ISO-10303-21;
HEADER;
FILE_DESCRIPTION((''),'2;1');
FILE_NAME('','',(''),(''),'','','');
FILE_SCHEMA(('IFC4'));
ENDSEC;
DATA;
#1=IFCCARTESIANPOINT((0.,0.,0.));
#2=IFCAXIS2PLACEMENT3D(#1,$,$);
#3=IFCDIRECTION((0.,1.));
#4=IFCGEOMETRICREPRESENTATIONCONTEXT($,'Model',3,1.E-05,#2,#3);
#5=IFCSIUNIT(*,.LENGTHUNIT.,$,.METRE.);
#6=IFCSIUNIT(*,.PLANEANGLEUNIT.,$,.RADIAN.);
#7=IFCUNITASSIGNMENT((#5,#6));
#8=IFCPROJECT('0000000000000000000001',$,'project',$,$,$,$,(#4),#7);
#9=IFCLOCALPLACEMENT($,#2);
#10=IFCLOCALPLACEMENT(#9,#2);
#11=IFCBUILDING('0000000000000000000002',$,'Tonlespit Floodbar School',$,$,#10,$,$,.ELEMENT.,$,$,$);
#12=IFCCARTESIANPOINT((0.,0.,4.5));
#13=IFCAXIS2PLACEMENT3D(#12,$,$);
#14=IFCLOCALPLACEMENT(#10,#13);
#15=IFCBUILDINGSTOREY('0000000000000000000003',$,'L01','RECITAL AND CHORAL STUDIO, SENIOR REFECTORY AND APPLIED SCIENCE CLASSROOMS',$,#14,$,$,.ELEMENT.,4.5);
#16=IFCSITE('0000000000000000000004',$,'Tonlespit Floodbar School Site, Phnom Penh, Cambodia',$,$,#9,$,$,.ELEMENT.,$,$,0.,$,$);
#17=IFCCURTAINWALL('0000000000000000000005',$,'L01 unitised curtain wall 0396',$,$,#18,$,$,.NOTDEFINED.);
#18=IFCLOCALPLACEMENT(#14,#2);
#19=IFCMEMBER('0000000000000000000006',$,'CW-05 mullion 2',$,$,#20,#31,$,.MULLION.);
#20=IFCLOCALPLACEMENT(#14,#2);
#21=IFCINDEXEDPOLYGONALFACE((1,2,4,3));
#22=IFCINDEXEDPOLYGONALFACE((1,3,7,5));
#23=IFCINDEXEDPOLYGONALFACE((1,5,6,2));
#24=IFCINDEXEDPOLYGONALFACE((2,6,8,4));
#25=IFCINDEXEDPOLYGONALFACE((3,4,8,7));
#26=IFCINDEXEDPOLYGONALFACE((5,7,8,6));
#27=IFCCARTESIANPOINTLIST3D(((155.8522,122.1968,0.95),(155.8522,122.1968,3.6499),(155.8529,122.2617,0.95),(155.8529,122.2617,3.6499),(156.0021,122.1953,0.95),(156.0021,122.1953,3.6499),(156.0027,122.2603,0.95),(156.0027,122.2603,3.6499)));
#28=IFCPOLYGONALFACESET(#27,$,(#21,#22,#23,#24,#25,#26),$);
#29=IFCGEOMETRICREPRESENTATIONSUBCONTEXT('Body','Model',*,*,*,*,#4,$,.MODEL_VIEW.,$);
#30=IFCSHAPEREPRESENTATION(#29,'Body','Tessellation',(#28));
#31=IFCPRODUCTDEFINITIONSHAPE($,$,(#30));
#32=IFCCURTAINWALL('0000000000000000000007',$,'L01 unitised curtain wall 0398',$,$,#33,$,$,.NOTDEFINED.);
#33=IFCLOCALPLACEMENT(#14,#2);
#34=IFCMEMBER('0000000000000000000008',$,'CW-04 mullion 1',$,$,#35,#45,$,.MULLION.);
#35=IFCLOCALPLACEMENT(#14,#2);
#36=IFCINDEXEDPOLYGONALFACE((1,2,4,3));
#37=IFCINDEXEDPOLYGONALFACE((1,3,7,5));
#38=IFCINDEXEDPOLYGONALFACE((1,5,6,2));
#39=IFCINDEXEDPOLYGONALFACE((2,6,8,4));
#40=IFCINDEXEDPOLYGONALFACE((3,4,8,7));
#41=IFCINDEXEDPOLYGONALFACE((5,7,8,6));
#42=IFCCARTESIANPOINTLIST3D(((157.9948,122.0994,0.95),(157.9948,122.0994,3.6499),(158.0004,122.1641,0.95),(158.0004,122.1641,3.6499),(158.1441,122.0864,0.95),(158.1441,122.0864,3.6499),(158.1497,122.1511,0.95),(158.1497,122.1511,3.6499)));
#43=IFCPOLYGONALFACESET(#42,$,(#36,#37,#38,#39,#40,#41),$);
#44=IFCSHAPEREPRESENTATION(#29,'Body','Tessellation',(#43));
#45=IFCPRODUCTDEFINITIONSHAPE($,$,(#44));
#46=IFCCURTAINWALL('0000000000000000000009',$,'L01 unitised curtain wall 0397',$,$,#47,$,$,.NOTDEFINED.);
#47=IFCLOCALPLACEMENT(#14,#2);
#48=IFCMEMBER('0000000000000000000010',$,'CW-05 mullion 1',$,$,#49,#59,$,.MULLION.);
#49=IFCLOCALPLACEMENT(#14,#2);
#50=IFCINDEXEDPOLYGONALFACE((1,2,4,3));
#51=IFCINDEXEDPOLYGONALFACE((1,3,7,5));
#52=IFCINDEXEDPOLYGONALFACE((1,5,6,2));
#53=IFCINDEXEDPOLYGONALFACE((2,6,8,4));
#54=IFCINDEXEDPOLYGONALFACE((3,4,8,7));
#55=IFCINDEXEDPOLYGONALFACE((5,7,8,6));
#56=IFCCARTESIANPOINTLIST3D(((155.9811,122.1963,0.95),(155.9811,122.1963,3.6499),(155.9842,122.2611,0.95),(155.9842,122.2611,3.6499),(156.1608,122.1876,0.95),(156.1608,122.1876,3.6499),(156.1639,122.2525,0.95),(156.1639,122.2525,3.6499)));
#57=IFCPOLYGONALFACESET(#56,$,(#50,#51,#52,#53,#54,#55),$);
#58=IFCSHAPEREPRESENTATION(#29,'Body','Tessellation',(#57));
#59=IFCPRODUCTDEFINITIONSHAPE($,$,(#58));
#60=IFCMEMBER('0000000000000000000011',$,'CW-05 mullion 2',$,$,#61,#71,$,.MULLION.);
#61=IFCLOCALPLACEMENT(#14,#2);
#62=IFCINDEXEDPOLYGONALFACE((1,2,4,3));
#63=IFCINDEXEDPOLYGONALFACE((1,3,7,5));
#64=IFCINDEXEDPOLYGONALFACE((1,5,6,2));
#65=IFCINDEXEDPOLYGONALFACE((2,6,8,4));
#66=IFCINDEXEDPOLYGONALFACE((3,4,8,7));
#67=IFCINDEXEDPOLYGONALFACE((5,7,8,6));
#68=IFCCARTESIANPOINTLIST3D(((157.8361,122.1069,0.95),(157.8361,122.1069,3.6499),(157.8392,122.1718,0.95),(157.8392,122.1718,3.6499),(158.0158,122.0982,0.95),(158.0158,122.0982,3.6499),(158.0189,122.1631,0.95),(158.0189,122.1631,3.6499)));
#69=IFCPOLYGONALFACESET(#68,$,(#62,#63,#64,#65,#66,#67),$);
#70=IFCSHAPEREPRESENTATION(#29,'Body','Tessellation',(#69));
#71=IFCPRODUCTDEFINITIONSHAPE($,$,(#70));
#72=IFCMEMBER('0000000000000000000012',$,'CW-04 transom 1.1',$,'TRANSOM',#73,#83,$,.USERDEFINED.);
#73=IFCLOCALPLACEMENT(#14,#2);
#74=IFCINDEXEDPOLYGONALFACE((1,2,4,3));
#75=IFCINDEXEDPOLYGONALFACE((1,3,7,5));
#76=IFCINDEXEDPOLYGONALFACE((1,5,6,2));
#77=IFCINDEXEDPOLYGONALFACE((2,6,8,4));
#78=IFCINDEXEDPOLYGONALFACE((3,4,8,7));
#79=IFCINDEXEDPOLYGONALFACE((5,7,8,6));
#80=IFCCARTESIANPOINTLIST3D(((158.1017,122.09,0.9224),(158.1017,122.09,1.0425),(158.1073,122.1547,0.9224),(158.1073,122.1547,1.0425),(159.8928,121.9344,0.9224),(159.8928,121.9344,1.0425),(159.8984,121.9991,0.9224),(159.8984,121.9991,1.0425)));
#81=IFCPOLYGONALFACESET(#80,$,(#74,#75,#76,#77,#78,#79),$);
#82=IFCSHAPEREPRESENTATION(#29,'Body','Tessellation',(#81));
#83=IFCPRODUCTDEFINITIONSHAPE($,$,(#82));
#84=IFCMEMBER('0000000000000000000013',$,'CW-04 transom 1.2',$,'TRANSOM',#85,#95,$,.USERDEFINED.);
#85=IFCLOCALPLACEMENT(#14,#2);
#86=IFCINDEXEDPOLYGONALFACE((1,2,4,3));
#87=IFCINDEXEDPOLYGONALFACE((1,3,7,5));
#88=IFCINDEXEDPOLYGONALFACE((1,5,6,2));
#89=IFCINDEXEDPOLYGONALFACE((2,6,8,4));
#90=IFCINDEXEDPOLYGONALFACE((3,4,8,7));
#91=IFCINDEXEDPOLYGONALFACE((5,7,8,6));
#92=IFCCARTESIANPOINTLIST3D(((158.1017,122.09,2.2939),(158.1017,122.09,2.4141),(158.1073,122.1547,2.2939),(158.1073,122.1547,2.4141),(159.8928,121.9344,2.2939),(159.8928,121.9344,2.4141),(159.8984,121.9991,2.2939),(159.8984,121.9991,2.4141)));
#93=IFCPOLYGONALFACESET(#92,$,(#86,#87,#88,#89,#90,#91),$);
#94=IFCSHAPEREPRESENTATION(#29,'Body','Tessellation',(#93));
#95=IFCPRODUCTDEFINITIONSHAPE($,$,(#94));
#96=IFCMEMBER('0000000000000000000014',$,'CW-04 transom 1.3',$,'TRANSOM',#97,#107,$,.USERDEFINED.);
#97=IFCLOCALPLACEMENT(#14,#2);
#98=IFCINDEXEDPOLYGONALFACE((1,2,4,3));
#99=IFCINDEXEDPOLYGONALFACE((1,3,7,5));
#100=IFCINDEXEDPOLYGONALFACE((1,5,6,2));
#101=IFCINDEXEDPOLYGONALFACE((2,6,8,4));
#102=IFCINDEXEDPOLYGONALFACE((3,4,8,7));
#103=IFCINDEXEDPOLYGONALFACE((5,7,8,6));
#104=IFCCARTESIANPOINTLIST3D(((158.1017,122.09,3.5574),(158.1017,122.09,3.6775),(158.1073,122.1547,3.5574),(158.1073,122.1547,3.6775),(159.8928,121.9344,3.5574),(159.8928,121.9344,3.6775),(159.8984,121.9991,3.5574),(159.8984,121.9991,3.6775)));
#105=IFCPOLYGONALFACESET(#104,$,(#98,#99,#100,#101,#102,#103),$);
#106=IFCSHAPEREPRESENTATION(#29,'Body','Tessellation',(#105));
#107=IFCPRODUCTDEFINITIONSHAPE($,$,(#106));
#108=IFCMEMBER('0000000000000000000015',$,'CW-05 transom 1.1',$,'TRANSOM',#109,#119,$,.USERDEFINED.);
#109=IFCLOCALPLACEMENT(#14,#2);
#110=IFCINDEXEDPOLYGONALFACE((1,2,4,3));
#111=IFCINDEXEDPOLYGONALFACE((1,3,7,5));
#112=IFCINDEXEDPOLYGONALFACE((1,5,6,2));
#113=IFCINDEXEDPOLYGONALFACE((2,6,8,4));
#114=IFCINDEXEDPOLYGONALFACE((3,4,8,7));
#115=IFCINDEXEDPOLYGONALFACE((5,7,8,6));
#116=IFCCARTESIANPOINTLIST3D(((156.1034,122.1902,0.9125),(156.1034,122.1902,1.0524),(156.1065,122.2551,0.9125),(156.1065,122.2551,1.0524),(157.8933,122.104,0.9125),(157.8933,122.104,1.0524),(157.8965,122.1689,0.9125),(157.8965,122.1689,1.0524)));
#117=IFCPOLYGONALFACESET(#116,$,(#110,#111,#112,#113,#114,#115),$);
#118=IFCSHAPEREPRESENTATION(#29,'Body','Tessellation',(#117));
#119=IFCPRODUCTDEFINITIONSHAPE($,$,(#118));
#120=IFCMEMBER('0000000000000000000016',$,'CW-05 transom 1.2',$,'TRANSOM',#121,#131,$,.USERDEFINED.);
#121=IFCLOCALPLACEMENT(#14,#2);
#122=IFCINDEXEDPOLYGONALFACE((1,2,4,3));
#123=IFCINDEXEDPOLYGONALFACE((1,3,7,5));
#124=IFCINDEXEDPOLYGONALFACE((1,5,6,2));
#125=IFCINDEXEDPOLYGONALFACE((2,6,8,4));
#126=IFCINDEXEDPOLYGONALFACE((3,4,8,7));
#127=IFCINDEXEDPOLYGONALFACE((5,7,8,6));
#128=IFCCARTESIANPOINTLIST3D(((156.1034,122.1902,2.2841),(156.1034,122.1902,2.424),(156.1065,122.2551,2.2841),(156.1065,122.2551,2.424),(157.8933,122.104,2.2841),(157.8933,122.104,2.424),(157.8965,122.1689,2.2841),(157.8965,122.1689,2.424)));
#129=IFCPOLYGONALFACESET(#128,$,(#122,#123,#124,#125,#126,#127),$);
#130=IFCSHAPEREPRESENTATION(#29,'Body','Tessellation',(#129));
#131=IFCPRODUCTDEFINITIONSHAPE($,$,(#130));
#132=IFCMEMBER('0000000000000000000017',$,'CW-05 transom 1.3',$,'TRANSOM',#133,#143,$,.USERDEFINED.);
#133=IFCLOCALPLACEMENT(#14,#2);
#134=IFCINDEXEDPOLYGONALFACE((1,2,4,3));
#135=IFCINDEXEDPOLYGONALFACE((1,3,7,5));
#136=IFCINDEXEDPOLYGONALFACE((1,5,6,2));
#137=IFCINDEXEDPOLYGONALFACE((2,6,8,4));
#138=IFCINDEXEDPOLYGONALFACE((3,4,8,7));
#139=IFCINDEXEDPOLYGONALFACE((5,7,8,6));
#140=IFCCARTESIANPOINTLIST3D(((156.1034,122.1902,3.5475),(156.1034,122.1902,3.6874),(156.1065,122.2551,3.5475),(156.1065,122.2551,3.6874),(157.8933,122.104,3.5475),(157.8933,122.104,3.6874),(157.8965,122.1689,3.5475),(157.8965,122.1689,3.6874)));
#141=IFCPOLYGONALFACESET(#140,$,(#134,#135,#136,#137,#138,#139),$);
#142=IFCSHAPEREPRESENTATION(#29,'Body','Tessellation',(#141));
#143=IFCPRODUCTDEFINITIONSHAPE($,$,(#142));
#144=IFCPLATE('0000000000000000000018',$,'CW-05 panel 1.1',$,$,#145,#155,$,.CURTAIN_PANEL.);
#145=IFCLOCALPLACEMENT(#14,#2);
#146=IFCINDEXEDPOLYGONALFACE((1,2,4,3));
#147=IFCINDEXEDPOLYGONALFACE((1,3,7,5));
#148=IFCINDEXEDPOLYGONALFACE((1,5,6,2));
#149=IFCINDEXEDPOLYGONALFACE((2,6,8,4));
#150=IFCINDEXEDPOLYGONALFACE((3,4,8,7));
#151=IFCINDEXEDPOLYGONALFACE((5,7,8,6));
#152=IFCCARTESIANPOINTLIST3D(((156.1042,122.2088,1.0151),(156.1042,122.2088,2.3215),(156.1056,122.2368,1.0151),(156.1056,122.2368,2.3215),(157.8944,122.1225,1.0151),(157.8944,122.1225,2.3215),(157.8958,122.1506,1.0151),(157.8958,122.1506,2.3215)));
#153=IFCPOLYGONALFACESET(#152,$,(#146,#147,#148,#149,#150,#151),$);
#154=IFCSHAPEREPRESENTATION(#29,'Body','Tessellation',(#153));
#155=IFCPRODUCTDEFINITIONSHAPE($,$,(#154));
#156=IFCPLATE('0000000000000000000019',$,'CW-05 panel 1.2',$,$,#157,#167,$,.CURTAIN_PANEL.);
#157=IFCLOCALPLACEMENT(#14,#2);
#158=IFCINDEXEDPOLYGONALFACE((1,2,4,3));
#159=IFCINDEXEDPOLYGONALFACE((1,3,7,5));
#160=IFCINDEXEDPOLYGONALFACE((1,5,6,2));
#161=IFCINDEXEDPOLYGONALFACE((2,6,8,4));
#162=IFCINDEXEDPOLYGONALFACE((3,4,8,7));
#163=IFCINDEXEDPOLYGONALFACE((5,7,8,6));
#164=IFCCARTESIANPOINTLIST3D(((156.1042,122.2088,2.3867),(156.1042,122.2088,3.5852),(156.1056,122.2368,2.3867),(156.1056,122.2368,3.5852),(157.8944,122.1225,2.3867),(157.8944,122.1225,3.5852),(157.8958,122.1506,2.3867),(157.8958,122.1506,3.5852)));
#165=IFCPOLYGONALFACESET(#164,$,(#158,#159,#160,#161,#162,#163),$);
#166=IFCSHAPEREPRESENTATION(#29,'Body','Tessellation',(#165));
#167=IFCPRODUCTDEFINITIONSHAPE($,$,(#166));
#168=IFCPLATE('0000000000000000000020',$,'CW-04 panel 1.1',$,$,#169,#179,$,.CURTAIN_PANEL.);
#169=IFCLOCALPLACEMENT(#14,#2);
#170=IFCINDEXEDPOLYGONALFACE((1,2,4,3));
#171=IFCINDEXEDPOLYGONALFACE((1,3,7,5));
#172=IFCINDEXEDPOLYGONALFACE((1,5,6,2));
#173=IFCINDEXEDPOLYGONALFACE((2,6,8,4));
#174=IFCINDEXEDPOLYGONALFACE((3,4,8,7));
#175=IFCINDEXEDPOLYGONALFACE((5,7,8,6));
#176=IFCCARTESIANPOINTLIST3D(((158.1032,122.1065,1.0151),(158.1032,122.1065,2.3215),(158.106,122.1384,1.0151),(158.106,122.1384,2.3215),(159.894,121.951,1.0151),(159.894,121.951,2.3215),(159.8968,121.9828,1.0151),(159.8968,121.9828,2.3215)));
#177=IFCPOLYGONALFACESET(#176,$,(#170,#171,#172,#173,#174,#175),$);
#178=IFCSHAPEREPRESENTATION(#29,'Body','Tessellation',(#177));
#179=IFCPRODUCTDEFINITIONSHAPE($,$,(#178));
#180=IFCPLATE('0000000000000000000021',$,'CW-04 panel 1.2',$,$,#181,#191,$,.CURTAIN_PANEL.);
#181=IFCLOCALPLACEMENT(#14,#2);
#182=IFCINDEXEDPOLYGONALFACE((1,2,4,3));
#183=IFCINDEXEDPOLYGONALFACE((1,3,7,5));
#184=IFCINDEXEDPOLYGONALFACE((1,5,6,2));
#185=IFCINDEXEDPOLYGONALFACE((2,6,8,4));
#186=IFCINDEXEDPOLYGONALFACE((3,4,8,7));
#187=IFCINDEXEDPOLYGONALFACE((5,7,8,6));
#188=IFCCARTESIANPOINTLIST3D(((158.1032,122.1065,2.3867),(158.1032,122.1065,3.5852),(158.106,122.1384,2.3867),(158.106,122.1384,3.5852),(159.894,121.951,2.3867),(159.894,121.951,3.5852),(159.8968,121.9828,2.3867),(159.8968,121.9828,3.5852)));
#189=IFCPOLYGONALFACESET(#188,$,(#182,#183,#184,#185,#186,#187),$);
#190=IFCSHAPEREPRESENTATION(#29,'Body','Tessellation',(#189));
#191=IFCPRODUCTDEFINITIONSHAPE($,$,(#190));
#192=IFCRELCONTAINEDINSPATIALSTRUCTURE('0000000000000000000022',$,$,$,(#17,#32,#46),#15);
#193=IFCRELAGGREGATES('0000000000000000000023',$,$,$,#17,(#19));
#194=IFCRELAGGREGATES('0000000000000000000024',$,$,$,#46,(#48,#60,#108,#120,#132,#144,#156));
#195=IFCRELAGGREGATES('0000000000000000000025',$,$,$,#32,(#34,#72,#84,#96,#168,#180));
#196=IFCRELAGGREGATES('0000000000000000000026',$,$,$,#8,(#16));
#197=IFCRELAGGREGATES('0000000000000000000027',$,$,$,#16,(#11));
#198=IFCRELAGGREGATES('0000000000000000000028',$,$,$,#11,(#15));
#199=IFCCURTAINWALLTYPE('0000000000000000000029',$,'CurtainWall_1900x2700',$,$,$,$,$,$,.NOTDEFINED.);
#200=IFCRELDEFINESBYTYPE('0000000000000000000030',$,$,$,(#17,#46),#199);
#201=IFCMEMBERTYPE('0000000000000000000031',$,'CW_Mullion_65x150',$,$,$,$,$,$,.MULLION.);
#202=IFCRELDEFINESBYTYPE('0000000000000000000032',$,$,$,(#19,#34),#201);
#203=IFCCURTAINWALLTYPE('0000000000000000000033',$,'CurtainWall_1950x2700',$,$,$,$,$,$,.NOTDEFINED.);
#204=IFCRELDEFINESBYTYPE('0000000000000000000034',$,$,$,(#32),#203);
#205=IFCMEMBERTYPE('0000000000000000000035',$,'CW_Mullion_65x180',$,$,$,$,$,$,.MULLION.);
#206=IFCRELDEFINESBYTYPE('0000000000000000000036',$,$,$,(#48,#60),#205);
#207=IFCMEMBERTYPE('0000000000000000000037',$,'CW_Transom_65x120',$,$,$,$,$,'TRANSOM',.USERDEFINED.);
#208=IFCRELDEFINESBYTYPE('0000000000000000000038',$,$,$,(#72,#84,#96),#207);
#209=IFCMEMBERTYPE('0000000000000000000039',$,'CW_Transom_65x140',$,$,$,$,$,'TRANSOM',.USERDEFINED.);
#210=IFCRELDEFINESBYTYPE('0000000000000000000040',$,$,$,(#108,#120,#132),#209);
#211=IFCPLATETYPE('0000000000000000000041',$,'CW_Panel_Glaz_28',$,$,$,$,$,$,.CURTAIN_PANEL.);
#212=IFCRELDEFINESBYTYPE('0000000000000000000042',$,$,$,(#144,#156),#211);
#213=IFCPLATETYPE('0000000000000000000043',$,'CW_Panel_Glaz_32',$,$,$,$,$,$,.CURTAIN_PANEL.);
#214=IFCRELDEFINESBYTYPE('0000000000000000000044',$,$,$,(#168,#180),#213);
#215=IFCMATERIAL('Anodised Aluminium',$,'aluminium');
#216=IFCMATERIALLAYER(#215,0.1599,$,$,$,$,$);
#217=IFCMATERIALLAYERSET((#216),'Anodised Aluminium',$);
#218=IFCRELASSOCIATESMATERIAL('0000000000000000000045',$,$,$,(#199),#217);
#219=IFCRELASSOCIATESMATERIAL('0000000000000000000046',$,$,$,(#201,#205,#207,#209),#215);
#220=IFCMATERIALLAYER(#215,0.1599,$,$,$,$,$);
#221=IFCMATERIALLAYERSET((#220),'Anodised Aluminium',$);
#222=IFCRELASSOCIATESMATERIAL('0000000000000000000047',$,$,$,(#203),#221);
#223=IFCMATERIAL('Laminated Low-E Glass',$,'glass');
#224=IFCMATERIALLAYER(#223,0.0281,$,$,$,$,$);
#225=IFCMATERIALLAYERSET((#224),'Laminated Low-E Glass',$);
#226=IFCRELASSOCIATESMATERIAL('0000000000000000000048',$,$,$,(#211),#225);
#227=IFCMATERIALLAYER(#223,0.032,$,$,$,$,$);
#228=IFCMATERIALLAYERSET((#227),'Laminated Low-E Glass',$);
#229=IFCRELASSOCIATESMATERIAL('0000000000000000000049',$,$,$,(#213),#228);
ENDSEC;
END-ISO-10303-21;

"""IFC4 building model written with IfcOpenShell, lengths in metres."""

from ifc_helpers import new_model, si_unit, direction, frame, origin, origin_2d, place, context, subcontext, project, spatial, rectangle, extrude, material, layer, layer_set, material_profile, profile_set, type_object, element, aggregate, save


model = new_model("IFC4")

# Units and contexts
model_context = context("Model", 3, precision=1e-05, world=origin(), true_north=direction((0.0, 1.0)))
body_context = subcontext(model_context, "Body", "Model", "MODEL_VIEW")
ifc_project = project(units=[si_unit("LENGTHUNIT", "METRE"), si_unit("PLANEANGLEUNIT", "RADIAN")], contexts=[model_context])

# Site, building, storey
site_placement = place(None, origin())
site = spatial("IfcSite", under=ifc_project, at=site_placement, Name="Tonlespit Floodbar School Site, Phnom Penh, Cambodia", CompositionType="ELEMENT", RefElevation=0.0)
building_placement = place(site_placement, origin())
building = spatial("IfcBuilding", under=site, at=building_placement, Name="Tonlespit Floodbar School", CompositionType="ELEMENT")
storey_placement = place(building_placement, frame((0.0, 0.0, 4.5)))
storey = spatial("IfcBuildingStorey", under=building, at=storey_placement, Name="L01", Description="RECITAL AND CHORAL STUDIO, SENIOR REFECTORY AND APPLIED SCIENCE CLASSROOMS", CompositionType="ELEMENT", Elevation=4.5)

# Curtain walls, members
ifc_material_1 = material(Name="Anodised Aluminium", Category="aluminium")
ifc_layer_1 = layer(ifc_material_1, 0.1599)
ifc_layer_set_1 = layer_set([ifc_layer_1], Name="Anodised Aluminium")
curtain_wall_type_1 = type_object("IfcCurtainWallType", Name="CurtainWall_1900x2700", PredefinedType="NOTDEFINED", material=ifc_layer_set_1)
curtain_wall_1_placement = place(storey_placement, origin())
curtain_wall_1 = element("IfcCurtainWall", 1, at=curtain_wall_1_placement, inside=storey, type_object=curtain_wall_type_1, Name="L01 unitised curtain wall 0396", PredefinedType="NOTDEFINED")
ifc_material_profile_1 = material_profile(ifc_material_1, rectangle(XDim=0.0649, YDim=0.1499, at=origin_2d()), Name="ALU M65x150")
ifc_profile_set_1 = profile_set([ifc_material_profile_1], Name="Anodised Aluminium")
member_type_1 = type_object("IfcMemberType", Name="CW_Mullion_65x150", PredefinedType="MULLION", material=ifc_profile_set_1)
member_1_placement = place(storey_placement, frame((155.9275, 122.2285, 0.95), z_axis=(0.0, 0.0, 1.0), x_axis=(0.009583, 0.999954, 0.0)))
member_1 = element("IfcMember", 2, at=member_1_placement, type_object=member_type_1, Name="CW-05 mullion 2", PredefinedType="MULLION", context=body_context, shape_type="SweptSolid", body=[
    extrude(rectangle(XDim=0.0649, YDim=0.1499, at=origin_2d()), origin(), (0.0, 0.0, 1.0), 2.7),
])
aggregate(curtain_wall_1, [member_1])
ifc_layer_2 = layer(ifc_material_1, 0.1599)
ifc_layer_set_2 = layer_set([ifc_layer_2], Name="Anodised Aluminium")
curtain_wall_type_2 = type_object("IfcCurtainWallType", Name="CurtainWall_1950x2700", PredefinedType="NOTDEFINED", material=ifc_layer_set_2)
curtain_wall_2_placement = place(storey_placement, origin())
curtain_wall_2 = element("IfcCurtainWall", 3, at=curtain_wall_2_placement, inside=storey, type_object=curtain_wall_type_2, Name="L01 unitised curtain wall 0398", PredefinedType="NOTDEFINED")
member_2_placement = place(storey_placement, frame((158.0723, 122.1252, 0.95), z_axis=(0.0, 0.0, 1.0), x_axis=(0.086531, 0.996249, 0.0)))
member_2 = element("IfcMember", 4, at=member_2_placement, type_object=member_type_1, Name="CW-04 mullion 1", PredefinedType="MULLION", context=body_context, shape_type="SweptSolid", body=[
    extrude(rectangle(XDim=0.0649, YDim=0.1499, at=origin_2d()), origin(), (0.0, 0.0, 1.0), 2.7),
])

# Curtain wall, members
curtain_wall_3_placement = place(storey_placement, origin())
curtain_wall_3 = element("IfcCurtainWall", 5, at=curtain_wall_3_placement, inside=storey, type_object=curtain_wall_type_1, Name="L01 unitised curtain wall 0397", PredefinedType="NOTDEFINED")
ifc_material_profile_2 = material_profile(ifc_material_1, rectangle(XDim=0.0649, YDim=0.1799, at=origin_2d()), Name="ALU M65x180")
ifc_profile_set_2 = profile_set([ifc_material_profile_2], Name="Anodised Aluminium")
member_type_2 = type_object("IfcMemberType", Name="CW_Mullion_65x180", PredefinedType="MULLION", material=ifc_profile_set_2)
member_3_placement = place(storey_placement, frame((156.0725, 122.2244, 0.95), z_axis=(0.0, 0.0, 1.0), x_axis=(0.048121, 0.998842, 0.0)))
member_3 = element("IfcMember", 6, at=member_3_placement, type_object=member_type_2, Name="CW-05 mullion 1", PredefinedType="MULLION", context=body_context, shape_type="SweptSolid", body=[
    extrude(rectangle(XDim=0.0649, YDim=0.1799, at=origin_2d()), origin(), (0.0, 0.0, 1.0), 2.7),
])
member_4_placement = place(storey_placement, frame((157.9275, 122.135, 0.95), z_axis=(0.0, 0.0, 1.0), x_axis=(0.048121, 0.998842, 0.0)))
member_4 = element("IfcMember", 7, at=member_4_placement, type_object=member_type_2, Name="CW-05 mullion 2", PredefinedType="MULLION", context=body_context, shape_type="SweptSolid", body=[
    extrude(rectangle(XDim=0.0649, YDim=0.1799, at=origin_2d()), origin(), (0.0, 0.0, 1.0), 2.7),
])

# Members
ifc_material_profile_3 = material_profile(ifc_material_1, rectangle(XDim=0.0649, YDim=0.1201, at=origin_2d()), Name="ALU T65x120")
ifc_profile_set_3 = profile_set([ifc_material_profile_3], Name="Anodised Aluminium")
member_type_3 = type_object("IfcMemberType", Name="CW_Transom_65x120", ElementType="TRANSOM", PredefinedType="USERDEFINED", material=ifc_profile_set_3)
member_5_placement = place(storey_placement, frame((158.1045, 122.1223, 0.9824), z_axis=(0.996251, -0.086507, 0.0), x_axis=(0.086507, 0.996251, 0.0)))
member_5 = element("IfcMember", 8, at=member_5_placement, type_object=member_type_3, Name="CW-04 transom 1.1", ObjectType="TRANSOM", PredefinedType="USERDEFINED", context=body_context, shape_type="SweptSolid", body=[
    extrude(rectangle(XDim=0.0649, YDim=0.1201, at=origin_2d()), origin(), (0.0, 0.0, 1.0), 1.7979),
])
member_6_placement = place(storey_placement, frame((158.1045, 122.1223, 2.354), z_axis=(0.996251, -0.086507, 0.0), x_axis=(0.086507, 0.996251, 0.0)))
member_6 = element("IfcMember", 9, at=member_6_placement, type_object=member_type_3, Name="CW-04 transom 1.2", ObjectType="TRANSOM", PredefinedType="USERDEFINED", context=body_context, shape_type="SweptSolid", body=[
    extrude(rectangle(XDim=0.0649, YDim=0.1201, at=origin_2d()), origin(), (0.0, 0.0, 1.0), 1.7979),
])
member_7_placement = place(storey_placement, frame((158.1045, 122.1223, 3.6174), z_axis=(0.996251, -0.086507, 0.0), x_axis=(0.086507, 0.996251, 0.0)))
member_7 = element("IfcMember", 10, at=member_7_placement, type_object=member_type_3, Name="CW-04 transom 1.3", ObjectType="TRANSOM", PredefinedType="USERDEFINED", context=body_context, shape_type="SweptSolid", body=[
    extrude(rectangle(XDim=0.0649, YDim=0.1201, at=origin_2d()), origin(), (0.0, 0.0, 1.0), 1.7979),
])
ifc_material_profile_4 = material_profile(ifc_material_1, rectangle(XDim=0.0649, YDim=0.1399, at=origin_2d()), Name="ALU T65x140")
ifc_profile_set_4 = profile_set([ifc_material_profile_4], Name="Anodised Aluminium")
member_type_4 = type_object("IfcMemberType", Name="CW_Transom_65x140", ElementType="TRANSOM", PredefinedType="USERDEFINED", material=ifc_profile_set_4)
member_8_placement = place(storey_placement, frame((156.105, 122.2227, 0.9824), z_axis=(0.998843, -0.048089, 0.0), x_axis=(0.048089, 0.998843, 0.0)))
member_8 = element("IfcMember", 11, at=member_8_placement, type_object=member_type_4, Name="CW-05 transom 1.1", ObjectType="TRANSOM", PredefinedType="USERDEFINED", context=body_context, shape_type="SweptSolid", body=[
    extrude(rectangle(XDim=0.0649, YDim=0.1399, at=origin_2d()), origin(), (0.0, 0.0, 1.0), 1.792),
])
member_9_placement = place(storey_placement, frame((156.105, 122.2227, 2.354), z_axis=(0.998843, -0.048089, 0.0), x_axis=(0.048089, 0.998843, 0.0)))
member_9 = element("IfcMember", 12, at=member_9_placement, type_object=member_type_4, Name="CW-05 transom 1.2", ObjectType="TRANSOM", PredefinedType="USERDEFINED", context=body_context, shape_type="SweptSolid", body=[
    extrude(rectangle(XDim=0.0649, YDim=0.1399, at=origin_2d()), origin(), (0.0, 0.0, 1.0), 1.792),
])
member_10_placement = place(storey_placement, frame((156.105, 122.2227, 3.6174), z_axis=(0.998843, -0.048089, 0.0), x_axis=(0.048089, 0.998843, 0.0)))
member_10 = element("IfcMember", 13, at=member_10_placement, type_object=member_type_4, Name="CW-05 transom 1.3", ObjectType="TRANSOM", PredefinedType="USERDEFINED", context=body_context, shape_type="SweptSolid", body=[
    extrude(rectangle(XDim=0.0649, YDim=0.1399, at=origin_2d()), origin(), (0.0, 0.0, 1.0), 1.792),
])

# Plates
ifc_material_2 = material(Name="Laminated Low-E Glass", Category="glass")
ifc_layer_3 = layer(ifc_material_2, 0.0281)
ifc_layer_set_3 = layer_set([ifc_layer_3], Name="Laminated Low-E Glass")
plate_type_1 = type_object("IfcPlateType", Name="CW_Panel_Glaz_28", PredefinedType="CURTAIN_PANEL", material=ifc_layer_set_3)
plate_1_placement = place(storey_placement, frame((157.0, 122.1797, 1.0151), z_axis=(0.0, 0.0, 1.0), x_axis=(0.998842, -0.048121, 0.0)))
plate_1 = element("IfcPlate", 14, at=plate_1_placement, type_object=plate_type_1, Name="CW-05 panel 1.1", PredefinedType="CURTAIN_PANEL", context=body_context, shape_type="SweptSolid", body=[
    extrude(rectangle(XDim=1.7922, YDim=0.0281, at=origin_2d()), origin(), (0.0, 0.0, 1.0), 1.3064),
])
plate_2_placement = place(storey_placement, frame((157.0, 122.1797, 2.3867), z_axis=(0.0, 0.0, 1.0), x_axis=(0.998842, -0.048121, 0.0)))
plate_2 = element("IfcPlate", 15, at=plate_2_placement, type_object=plate_type_1, Name="CW-05 panel 1.2", PredefinedType="CURTAIN_PANEL", context=body_context, shape_type="SweptSolid", body=[
    extrude(rectangle(XDim=1.7922, YDim=0.0281, at=origin_2d()), origin(), (0.0, 0.0, 1.0), 1.1985),
])
aggregate(curtain_wall_3, [member_3, member_4, member_8, member_9, member_10, plate_1, plate_2])
ifc_layer_4 = layer(ifc_material_2, 0.032)
ifc_layer_set_4 = layer_set([ifc_layer_4], Name="Laminated Low-E Glass")
plate_type_2 = type_object("IfcPlateType", Name="CW_Panel_Glaz_32", PredefinedType="CURTAIN_PANEL", material=ifc_layer_set_4)
plate_3_placement = place(storey_placement, frame((159.0, 122.0447, 1.0151), z_axis=(0.0, 0.0, 1.0), x_axis=(0.996249, -0.086531, 0.0)))
plate_3 = element("IfcPlate", 16, at=plate_3_placement, type_object=plate_type_2, Name="CW-04 panel 1.1", PredefinedType="CURTAIN_PANEL", context=body_context, shape_type="SweptSolid", body=[
    extrude(rectangle(XDim=1.7976, YDim=0.032, at=origin_2d()), origin(), (0.0, 0.0, 1.0), 1.3064),
])
plate_4_placement = place(storey_placement, frame((159.0, 122.0447, 2.3867), z_axis=(0.0, 0.0, 1.0), x_axis=(0.996249, -0.086531, 0.0)))
plate_4 = element("IfcPlate", 17, at=plate_4_placement, type_object=plate_type_2, Name="CW-04 panel 1.2", PredefinedType="CURTAIN_PANEL", context=body_context, shape_type="SweptSolid", body=[
    extrude(rectangle(XDim=1.7976, YDim=0.032, at=origin_2d()), origin(), (0.0, 0.0, 1.0), 1.1985),
])
aggregate(curtain_wall_2, [member_2, member_5, member_6, member_7, plate_3, plate_4])

save(model, "model.ifc")
